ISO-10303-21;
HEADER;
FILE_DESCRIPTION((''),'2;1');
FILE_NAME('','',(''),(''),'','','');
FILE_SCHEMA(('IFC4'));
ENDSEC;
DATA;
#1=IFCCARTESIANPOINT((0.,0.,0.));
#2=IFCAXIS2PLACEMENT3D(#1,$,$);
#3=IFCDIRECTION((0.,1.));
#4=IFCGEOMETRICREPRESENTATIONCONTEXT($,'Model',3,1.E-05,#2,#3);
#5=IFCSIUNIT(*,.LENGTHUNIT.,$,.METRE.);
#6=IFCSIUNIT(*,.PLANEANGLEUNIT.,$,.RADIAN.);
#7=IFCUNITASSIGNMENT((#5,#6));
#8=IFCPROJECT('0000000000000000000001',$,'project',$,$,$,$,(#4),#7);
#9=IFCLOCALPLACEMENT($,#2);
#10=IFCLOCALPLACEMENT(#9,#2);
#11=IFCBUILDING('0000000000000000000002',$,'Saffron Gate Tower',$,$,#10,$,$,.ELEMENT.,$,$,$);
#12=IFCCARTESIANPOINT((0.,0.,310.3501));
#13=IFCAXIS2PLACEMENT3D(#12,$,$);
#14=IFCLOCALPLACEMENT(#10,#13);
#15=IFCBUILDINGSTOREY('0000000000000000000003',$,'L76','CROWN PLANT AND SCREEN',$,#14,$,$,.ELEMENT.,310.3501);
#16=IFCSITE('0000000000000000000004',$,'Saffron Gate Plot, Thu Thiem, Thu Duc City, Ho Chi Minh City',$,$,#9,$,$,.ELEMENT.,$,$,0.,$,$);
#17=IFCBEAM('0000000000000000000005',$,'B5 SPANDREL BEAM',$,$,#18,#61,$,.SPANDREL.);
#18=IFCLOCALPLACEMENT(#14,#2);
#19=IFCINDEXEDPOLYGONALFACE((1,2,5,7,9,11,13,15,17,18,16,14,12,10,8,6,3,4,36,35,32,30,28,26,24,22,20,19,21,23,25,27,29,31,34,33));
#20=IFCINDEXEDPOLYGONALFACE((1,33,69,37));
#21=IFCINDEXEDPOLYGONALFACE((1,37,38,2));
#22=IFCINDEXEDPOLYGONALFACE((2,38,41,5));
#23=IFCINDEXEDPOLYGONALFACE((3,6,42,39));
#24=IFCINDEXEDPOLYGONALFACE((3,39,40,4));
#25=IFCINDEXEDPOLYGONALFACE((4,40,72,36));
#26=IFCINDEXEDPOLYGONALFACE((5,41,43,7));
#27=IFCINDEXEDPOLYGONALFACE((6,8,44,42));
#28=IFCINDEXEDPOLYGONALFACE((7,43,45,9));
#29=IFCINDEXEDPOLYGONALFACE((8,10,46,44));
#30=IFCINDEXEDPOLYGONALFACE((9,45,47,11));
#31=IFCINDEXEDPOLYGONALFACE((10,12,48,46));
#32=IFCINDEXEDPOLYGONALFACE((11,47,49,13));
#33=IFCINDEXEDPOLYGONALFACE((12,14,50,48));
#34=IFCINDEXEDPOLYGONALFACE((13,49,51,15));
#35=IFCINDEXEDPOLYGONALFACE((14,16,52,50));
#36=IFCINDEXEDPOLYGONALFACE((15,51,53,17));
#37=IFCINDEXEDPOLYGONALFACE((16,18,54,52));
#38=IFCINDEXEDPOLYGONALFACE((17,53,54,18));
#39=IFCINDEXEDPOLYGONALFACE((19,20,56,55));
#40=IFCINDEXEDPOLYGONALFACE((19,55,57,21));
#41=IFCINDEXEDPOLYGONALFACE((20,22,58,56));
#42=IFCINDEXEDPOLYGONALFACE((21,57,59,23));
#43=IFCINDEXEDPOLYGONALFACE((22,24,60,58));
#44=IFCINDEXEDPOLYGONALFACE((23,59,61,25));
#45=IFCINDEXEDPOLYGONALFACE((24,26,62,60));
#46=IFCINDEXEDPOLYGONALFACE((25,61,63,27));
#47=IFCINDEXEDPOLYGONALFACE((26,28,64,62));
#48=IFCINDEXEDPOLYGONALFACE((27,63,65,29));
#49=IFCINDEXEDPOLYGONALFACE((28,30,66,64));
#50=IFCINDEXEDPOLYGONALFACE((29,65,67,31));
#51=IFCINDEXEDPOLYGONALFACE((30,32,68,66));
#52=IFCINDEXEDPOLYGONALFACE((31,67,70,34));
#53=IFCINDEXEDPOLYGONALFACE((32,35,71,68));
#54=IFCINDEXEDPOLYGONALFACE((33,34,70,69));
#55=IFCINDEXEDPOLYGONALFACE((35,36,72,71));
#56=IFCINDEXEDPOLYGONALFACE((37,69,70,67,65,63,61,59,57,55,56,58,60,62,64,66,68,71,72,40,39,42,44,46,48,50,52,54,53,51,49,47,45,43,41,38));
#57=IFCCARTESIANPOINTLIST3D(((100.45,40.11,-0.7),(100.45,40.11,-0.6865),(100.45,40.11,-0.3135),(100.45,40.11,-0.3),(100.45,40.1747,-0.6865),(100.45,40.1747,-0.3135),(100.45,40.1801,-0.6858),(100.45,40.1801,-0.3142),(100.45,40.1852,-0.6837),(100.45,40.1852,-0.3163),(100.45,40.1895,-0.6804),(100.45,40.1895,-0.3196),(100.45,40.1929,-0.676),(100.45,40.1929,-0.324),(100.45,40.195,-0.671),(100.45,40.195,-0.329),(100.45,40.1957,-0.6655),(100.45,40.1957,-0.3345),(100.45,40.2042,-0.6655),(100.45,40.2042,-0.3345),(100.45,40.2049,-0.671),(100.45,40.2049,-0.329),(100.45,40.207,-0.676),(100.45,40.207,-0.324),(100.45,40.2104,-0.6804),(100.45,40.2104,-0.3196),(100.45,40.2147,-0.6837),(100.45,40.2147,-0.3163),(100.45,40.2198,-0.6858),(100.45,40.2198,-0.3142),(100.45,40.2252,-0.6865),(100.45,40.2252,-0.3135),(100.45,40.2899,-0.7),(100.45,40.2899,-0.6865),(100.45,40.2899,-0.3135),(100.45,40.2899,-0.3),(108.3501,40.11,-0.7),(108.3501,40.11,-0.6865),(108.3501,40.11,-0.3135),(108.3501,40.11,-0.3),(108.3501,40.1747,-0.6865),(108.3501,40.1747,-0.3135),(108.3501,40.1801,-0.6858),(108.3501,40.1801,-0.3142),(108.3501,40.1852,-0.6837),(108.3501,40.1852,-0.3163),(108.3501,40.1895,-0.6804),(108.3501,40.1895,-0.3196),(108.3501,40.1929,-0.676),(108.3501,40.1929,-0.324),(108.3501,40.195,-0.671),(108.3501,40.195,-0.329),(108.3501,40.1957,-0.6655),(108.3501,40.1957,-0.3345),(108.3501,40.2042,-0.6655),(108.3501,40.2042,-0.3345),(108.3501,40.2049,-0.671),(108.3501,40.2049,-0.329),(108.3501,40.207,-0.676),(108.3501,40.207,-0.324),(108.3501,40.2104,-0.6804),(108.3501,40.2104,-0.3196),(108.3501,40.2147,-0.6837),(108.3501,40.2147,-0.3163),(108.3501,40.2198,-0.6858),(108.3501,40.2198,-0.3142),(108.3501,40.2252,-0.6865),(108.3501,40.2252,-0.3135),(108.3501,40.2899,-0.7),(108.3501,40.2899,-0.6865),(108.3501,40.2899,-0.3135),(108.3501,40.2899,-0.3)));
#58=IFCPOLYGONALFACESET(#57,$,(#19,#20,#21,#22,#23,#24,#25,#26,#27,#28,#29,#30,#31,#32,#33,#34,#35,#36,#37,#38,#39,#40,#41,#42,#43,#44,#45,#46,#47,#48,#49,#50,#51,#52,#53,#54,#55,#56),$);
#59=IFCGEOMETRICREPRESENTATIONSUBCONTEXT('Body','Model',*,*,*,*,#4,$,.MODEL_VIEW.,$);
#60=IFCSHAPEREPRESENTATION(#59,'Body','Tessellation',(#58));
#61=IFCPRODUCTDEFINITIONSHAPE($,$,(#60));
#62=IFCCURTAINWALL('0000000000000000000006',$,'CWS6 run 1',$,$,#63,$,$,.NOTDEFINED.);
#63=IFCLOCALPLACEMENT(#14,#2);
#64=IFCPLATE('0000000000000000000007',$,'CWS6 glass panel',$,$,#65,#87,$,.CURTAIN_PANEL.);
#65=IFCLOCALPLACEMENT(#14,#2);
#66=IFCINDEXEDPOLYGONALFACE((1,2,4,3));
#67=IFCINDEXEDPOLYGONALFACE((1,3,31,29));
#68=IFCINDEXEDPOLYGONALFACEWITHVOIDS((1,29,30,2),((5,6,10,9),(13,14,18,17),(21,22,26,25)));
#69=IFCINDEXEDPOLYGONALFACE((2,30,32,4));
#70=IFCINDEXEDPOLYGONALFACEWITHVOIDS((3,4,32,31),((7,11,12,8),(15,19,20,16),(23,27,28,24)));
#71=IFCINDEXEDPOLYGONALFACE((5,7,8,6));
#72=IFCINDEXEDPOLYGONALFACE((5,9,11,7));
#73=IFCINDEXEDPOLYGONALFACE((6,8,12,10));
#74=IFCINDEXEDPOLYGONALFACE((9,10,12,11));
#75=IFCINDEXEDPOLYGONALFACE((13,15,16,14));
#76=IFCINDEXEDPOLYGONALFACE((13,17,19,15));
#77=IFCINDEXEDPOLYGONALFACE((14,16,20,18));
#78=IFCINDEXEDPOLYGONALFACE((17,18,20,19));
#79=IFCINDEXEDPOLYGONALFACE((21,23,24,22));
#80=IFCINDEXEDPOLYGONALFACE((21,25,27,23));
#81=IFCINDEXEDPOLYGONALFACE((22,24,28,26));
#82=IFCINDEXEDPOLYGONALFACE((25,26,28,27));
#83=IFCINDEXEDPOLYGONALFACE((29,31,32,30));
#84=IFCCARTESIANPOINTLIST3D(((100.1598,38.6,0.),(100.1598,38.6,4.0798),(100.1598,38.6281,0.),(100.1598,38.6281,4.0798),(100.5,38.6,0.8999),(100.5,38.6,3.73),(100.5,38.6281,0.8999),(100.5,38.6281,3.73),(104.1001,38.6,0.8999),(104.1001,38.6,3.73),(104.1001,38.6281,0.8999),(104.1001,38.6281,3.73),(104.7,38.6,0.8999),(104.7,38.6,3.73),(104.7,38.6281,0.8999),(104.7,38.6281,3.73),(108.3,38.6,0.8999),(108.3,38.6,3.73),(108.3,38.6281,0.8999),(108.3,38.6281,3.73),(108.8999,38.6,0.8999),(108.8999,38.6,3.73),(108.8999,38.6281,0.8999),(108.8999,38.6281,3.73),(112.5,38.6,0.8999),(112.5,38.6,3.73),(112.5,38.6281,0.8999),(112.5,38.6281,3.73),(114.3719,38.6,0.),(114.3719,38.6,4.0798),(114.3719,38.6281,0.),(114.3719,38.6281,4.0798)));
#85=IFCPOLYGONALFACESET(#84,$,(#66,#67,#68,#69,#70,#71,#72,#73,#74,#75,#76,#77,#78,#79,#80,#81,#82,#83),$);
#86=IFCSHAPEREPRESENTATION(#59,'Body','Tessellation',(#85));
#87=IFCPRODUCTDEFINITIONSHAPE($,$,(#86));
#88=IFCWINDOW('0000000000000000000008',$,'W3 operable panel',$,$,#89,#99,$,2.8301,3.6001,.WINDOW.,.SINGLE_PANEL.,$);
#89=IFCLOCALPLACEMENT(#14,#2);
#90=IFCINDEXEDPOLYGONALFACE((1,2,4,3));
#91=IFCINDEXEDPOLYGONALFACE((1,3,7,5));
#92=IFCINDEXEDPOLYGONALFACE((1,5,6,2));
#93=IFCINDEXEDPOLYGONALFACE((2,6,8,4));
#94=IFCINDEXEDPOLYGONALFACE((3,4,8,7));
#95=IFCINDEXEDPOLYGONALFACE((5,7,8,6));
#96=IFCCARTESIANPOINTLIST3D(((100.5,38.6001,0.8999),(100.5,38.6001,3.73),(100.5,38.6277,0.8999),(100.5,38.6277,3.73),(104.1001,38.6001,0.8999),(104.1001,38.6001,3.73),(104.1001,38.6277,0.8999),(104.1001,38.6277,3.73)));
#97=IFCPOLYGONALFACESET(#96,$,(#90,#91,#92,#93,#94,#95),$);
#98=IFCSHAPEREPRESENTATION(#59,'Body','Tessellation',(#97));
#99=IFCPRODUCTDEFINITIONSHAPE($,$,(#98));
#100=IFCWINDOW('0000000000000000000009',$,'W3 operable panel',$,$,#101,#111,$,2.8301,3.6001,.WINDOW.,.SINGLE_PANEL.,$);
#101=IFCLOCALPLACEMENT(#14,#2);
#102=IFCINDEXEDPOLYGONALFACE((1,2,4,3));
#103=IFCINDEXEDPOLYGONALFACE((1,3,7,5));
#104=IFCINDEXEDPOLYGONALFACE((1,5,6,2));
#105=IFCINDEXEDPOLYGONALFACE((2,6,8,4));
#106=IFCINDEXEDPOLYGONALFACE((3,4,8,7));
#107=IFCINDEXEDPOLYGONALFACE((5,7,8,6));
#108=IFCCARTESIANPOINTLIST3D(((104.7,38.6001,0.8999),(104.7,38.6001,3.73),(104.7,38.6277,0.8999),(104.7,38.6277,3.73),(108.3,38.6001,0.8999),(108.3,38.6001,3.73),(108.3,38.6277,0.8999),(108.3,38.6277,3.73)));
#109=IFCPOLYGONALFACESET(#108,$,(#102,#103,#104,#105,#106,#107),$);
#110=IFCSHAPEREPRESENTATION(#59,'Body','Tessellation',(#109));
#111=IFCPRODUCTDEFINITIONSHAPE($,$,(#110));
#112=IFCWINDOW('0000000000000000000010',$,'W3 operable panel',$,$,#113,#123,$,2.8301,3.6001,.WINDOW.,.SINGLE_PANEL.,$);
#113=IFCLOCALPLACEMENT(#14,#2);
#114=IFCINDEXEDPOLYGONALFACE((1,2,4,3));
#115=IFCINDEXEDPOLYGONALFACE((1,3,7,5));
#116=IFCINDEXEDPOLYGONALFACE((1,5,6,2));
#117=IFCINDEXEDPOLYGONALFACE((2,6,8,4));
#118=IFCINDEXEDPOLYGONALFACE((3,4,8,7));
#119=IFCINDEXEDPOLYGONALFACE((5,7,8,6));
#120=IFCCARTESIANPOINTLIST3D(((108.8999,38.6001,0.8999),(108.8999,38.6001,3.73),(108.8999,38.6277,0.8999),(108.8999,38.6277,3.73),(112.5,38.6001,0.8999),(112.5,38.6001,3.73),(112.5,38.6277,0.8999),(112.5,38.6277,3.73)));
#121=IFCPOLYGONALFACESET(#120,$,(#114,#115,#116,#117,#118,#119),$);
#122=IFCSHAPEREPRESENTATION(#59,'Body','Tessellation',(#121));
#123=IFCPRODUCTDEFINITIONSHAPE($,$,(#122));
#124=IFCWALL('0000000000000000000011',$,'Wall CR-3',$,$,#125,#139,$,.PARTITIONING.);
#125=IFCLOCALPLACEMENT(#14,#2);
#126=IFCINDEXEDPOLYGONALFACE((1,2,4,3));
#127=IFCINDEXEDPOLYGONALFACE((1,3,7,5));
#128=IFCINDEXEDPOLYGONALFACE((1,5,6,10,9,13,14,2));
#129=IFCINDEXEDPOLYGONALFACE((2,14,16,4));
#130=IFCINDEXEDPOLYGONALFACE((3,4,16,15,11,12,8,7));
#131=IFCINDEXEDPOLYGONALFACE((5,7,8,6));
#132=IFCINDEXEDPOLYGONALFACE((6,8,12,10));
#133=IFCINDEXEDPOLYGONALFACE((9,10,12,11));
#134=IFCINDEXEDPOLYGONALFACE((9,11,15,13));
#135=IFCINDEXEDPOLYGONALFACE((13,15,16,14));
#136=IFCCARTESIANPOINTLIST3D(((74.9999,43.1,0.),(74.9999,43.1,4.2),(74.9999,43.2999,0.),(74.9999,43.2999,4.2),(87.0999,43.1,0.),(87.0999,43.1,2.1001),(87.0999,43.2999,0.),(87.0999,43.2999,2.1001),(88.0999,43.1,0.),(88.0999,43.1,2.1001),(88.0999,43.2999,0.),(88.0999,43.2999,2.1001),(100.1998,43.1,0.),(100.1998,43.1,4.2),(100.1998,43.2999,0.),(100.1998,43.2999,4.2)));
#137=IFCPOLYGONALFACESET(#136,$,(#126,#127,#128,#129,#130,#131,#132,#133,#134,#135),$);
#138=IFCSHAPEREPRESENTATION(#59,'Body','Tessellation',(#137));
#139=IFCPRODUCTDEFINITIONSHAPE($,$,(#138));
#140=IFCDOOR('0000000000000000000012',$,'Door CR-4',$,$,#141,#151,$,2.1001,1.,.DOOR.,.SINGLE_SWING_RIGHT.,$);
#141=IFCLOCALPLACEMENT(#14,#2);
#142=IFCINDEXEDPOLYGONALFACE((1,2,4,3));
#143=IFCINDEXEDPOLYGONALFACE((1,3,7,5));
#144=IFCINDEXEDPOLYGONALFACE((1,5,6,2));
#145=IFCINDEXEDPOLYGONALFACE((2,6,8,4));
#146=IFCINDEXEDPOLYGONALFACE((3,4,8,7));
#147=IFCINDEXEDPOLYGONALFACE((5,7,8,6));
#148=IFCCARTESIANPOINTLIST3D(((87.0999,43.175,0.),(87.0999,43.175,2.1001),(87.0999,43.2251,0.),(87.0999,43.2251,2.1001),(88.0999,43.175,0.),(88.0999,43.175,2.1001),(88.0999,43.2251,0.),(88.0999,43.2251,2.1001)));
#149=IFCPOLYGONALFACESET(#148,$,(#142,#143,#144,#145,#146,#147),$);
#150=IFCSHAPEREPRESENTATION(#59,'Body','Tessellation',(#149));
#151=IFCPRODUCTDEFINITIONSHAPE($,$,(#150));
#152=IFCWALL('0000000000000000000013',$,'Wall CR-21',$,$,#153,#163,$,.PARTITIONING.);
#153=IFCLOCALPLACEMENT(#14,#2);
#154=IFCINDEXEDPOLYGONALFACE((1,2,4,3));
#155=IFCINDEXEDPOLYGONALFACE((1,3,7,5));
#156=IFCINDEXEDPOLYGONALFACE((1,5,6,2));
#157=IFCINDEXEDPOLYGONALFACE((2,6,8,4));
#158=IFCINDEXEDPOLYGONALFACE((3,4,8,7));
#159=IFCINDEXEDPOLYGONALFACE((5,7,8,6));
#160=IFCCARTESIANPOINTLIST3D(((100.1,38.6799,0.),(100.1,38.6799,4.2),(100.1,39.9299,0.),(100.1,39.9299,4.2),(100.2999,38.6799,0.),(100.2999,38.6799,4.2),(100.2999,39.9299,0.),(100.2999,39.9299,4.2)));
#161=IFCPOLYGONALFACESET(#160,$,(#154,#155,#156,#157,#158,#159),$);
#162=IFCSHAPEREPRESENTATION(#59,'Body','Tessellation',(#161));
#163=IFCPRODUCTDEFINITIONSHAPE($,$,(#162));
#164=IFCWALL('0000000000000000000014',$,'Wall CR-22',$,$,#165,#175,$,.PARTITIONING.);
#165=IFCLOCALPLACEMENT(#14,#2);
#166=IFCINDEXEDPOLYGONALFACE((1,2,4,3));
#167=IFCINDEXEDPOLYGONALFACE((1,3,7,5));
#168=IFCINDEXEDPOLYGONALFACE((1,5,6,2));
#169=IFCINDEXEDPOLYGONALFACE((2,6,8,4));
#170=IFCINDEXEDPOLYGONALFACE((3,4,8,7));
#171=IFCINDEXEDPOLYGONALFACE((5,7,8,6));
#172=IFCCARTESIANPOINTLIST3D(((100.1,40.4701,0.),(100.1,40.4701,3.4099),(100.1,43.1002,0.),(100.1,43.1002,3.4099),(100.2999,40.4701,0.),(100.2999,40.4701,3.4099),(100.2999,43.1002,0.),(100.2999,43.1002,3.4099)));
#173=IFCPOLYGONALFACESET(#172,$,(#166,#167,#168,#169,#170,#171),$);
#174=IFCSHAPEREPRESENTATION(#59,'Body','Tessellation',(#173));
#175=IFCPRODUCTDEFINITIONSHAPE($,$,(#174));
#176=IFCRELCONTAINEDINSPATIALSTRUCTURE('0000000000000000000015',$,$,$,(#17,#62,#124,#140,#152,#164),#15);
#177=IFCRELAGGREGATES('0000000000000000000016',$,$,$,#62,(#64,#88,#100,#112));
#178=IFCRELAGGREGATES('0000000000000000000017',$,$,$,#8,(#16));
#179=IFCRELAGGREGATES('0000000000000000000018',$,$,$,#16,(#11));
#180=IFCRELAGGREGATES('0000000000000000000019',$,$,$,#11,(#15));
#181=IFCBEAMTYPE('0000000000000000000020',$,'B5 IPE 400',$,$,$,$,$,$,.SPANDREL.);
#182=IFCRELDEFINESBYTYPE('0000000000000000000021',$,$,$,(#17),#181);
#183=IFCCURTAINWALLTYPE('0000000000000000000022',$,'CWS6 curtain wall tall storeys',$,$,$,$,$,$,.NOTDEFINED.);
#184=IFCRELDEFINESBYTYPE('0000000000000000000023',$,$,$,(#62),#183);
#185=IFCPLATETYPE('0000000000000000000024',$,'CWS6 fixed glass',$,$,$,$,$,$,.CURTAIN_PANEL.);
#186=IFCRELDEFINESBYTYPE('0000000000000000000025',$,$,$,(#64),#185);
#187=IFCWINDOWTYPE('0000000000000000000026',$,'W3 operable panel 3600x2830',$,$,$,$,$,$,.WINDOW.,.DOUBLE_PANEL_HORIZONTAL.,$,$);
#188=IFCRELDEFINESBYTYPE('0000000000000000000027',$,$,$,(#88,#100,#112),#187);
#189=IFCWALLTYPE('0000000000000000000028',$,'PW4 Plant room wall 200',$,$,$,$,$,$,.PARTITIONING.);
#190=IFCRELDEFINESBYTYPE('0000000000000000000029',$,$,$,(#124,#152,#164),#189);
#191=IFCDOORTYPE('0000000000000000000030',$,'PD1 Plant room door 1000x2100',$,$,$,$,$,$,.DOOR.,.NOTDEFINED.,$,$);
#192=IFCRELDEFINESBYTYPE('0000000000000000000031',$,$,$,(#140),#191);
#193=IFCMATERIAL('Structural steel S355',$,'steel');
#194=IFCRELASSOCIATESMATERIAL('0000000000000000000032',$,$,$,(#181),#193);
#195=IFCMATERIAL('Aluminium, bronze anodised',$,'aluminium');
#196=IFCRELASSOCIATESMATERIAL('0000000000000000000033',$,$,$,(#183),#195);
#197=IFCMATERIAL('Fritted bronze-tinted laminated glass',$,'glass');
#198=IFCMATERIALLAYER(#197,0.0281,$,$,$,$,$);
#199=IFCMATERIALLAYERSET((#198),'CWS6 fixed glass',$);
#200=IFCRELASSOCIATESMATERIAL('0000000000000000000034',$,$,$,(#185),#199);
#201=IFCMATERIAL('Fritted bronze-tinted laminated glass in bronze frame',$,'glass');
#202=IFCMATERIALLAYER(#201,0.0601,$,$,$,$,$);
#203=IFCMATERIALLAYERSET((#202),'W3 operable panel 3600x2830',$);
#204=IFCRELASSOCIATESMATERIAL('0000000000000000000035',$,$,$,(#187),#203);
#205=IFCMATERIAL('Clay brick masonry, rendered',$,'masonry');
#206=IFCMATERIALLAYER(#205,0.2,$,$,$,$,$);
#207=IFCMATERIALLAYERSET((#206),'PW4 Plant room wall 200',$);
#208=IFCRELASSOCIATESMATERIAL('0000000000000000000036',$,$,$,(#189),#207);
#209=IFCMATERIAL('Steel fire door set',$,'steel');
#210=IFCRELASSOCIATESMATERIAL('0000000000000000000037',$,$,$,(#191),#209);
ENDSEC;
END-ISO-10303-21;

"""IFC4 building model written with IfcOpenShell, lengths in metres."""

from ifc_helpers import new_model, si_unit, direction, frame, frame_2d, origin, origin_2d, place, context, subcontext, project, spatial, rectangle, i_section, extrude, material, layer, layer_set, material_profile, profile_set, type_object, element, fill, aggregate, save


model = new_model("IFC4")

# Units and contexts
model_context = context("Model", 3, precision=1e-05, world=origin(), true_north=direction((0.0, 1.0)))
body_context = subcontext(model_context, "Body", "Model", "MODEL_VIEW")
ifc_project = project(units=[si_unit("LENGTHUNIT", "METRE"), si_unit("PLANEANGLEUNIT", "RADIAN")], contexts=[model_context])

# Site, building, storey
site_placement = place(None, origin())
site = spatial("IfcSite", under=ifc_project, at=site_placement, Name="Saffron Gate Plot, Thu Thiem, Thu Duc City, Ho Chi Minh City", CompositionType="ELEMENT", RefElevation=0.0)
building_placement = place(site_placement, origin())
building = spatial("IfcBuilding", under=site, at=building_placement, Name="Saffron Gate Tower", CompositionType="ELEMENT")
storey_placement = place(building_placement, frame((0.0, 0.0, 310.3501)))
storey = spatial("IfcBuildingStorey", under=building, at=storey_placement, Name="L76", Description="CROWN PLANT AND SCREEN", CompositionType="ELEMENT", Elevation=310.3501)

# Beam
ifc_material_1 = material(Name="Structural steel S355", Category="steel")
ifc_material_profile_1 = material_profile(ifc_material_1, i_section(OverallWidth=0.1799, OverallDepth=0.3999, WebThickness=0.0085, FlangeThickness=0.0134, FilletRadius=0.021, at=origin_2d()))
ifc_profile_set_1 = profile_set([ifc_material_profile_1], Name="Structural steel S355")
beam_type_1 = type_object("IfcBeamType", Name="B5 IPE 400", PredefinedType="SPANDREL", material=ifc_profile_set_1)
beam_1_placement = place(storey_placement, frame((100.45, 40.2, -0.5), z_axis=(1.0, 0.0, 0.0), x_axis=(0.0, 1.0, 0.0)))
element("IfcBeam", 1, at=beam_1_placement, inside=storey, type_object=beam_type_1, Name="B5 SPANDREL BEAM", PredefinedType="SPANDREL", context=body_context, shape_type="SweptSolid", body=[
    extrude(i_section(OverallWidth=0.1799, OverallDepth=0.3999, WebThickness=0.0085, FlangeThickness=0.0134, FilletRadius=0.021, at=origin_2d()), origin(), (0.0, 0.0, 1.0), 7.9001),
])

# Curtain wall, plate, openings, windows
ifc_material_2 = material(Name="Aluminium, bronze anodised", Category="aluminium")
curtain_wall_type = type_object("IfcCurtainWallType", Name="CWS6 curtain wall tall storeys", PredefinedType="NOTDEFINED", material=ifc_material_2)
curtain_wall_placement = place(storey_placement, origin())
curtain_wall = element("IfcCurtainWall", 2, at=curtain_wall_placement, inside=storey, type_object=curtain_wall_type, Name="CWS6 run 1", PredefinedType="NOTDEFINED")
ifc_material_3 = material(Name="Fritted bronze-tinted laminated glass", Category="glass")
ifc_layer_1 = layer(ifc_material_3, 0.0281)
ifc_layer_set_1 = layer_set([ifc_layer_1], Name="CWS6 fixed glass")
plate_type = type_object("IfcPlateType", Name="CWS6 fixed glass", PredefinedType="CURTAIN_PANEL", material=ifc_layer_set_1)
plate_placement = place(storey_placement, frame((100.1599, 38.614, 0.0), z_axis=(0.0, 0.0, 1.0), x_axis=(1.0, 0.0, 0.0)))
plate = element("IfcPlate", 3, at=plate_placement, type_object=plate_type, Name="CWS6 glass panel", PredefinedType="CURTAIN_PANEL", context=body_context, shape_type="SweptSolid", body=[
    extrude(rectangle(XDim=14.2122, YDim=0.0281, at=frame_2d((7.106, 0.0))), origin(), (0.0, 0.0, 1.0), 4.0798),
])
opening_1_placement = place(plate_placement, frame((0.3401, 0.0, 0.8999)))
opening_1 = element("IfcOpeningElement", 4, at=opening_1_placement, cuts=plate, PredefinedType="OPENING", context=body_context, shape_type="SweptSolid", body=[
    extrude(rectangle(XDim=3.6001, YDim=2.8301, at=frame_2d((1.8, 1.415))), frame((0.0, 0.0239, 0.0), z_axis=(0.0, -1.0, 0.0), x_axis=(1.0, 0.0, 0.0)), (0.0, 0.0, 1.0), 0.0481),
])
opening_2_placement = place(plate_placement, frame((4.54, 0.0, 0.8999)))
opening_2 = element("IfcOpeningElement", 5, at=opening_2_placement, cuts=plate, PredefinedType="OPENING", context=body_context, shape_type="SweptSolid", body=[
    extrude(rectangle(XDim=3.6001, YDim=2.8301, at=frame_2d((1.8, 1.415))), frame((0.0, 0.0239, 0.0), z_axis=(0.0, -1.0, 0.0), x_axis=(1.0, 0.0, 0.0)), (0.0, 0.0, 1.0), 0.0481),
])
opening_3_placement = place(plate_placement, frame((8.74, 0.0, 0.8999)))
opening_3 = element("IfcOpeningElement", 6, at=opening_3_placement, cuts=plate, PredefinedType="OPENING", context=body_context, shape_type="SweptSolid", body=[
    extrude(rectangle(XDim=3.6001, YDim=2.8301, at=frame_2d((1.8, 1.415))), frame((0.0, 0.0239, 0.0), z_axis=(0.0, -1.0, 0.0), x_axis=(1.0, 0.0, 0.0)), (0.0, 0.0, 1.0), 0.0481),
])
ifc_material_4 = material(Name="Fritted bronze-tinted laminated glass in bronze frame", Category="glass")
ifc_layer_2 = layer(ifc_material_4, 0.0601)
ifc_layer_set_2 = layer_set([ifc_layer_2], Name="W3 operable panel 3600x2830")
window_type = type_object("IfcWindowType", Name="W3 operable panel 3600x2830", PartitioningType="DOUBLE_PANEL_HORIZONTAL", PredefinedType="WINDOW", material=ifc_layer_set_2)
window_1_placement = place(opening_1_placement, origin())
window_1 = element("IfcWindow", 7, at=window_1_placement, type_object=window_type, Name="W3 operable panel", OverallHeight=2.8301, OverallWidth=3.6001, PartitioningType="SINGLE_PANEL", PredefinedType="WINDOW", context=body_context, shape_type="SweptSolid", body=[
    extrude(rectangle(XDim=3.6001, YDim=2.8301, at=frame_2d((1.8, 1.415))), frame((0.0, 0.0137, 0.0), z_axis=(0.0, -1.0, 0.0), x_axis=(1.0, 0.0, 0.0)), (0.0, 0.0, 1.0), 0.0276),
])
fill(opening_1, window_1)
window_2_placement = place(opening_2_placement, origin())
window_2 = element("IfcWindow", 8, at=window_2_placement, type_object=window_type, Name="W3 operable panel", OverallHeight=2.8301, OverallWidth=3.6001, PartitioningType="SINGLE_PANEL", PredefinedType="WINDOW", context=body_context, shape_type="SweptSolid", body=[
    extrude(rectangle(XDim=3.6001, YDim=2.8301, at=frame_2d((1.8, 1.415))), frame((0.0, 0.0137, 0.0), z_axis=(0.0, -1.0, 0.0), x_axis=(1.0, 0.0, 0.0)), (0.0, 0.0, 1.0), 0.0276),
])
fill(opening_2, window_2)
window_3_placement = place(opening_3_placement, origin())
window_3 = element("IfcWindow", 9, at=window_3_placement, type_object=window_type, Name="W3 operable panel", OverallHeight=2.8301, OverallWidth=3.6001, PartitioningType="SINGLE_PANEL", PredefinedType="WINDOW", context=body_context, shape_type="SweptSolid", body=[
    extrude(rectangle(XDim=3.6001, YDim=2.8301, at=frame_2d((1.8, 1.415))), frame((0.0, 0.0137, 0.0), z_axis=(0.0, -1.0, 0.0), x_axis=(1.0, 0.0, 0.0)), (0.0, 0.0, 1.0), 0.0276),
])
fill(opening_3, window_3)
aggregate(curtain_wall, [plate, window_1, window_2, window_3])

# Wall, opening, door
ifc_material_5 = material(Name="Clay brick masonry, rendered", Category="masonry")
ifc_layer_3 = layer(ifc_material_5, 0.2)
ifc_layer_set_3 = layer_set([ifc_layer_3], Name="PW4 Plant room wall 200")
wall_type = type_object("IfcWallType", Name="PW4 Plant room wall 200", PredefinedType="PARTITIONING", material=ifc_layer_set_3)
wall_1_placement = place(storey_placement, frame((100.2, 43.2, 0.0), z_axis=(0.0, 0.0, 1.0), x_axis=(-1.0, 0.0, 0.0)))
wall_1 = element("IfcWall", 10, at=wall_1_placement, inside=storey, type_object=wall_type, Name="Wall CR-3", PredefinedType="PARTITIONING", context=body_context, shape_type="SweptSolid", body=[
    extrude(rectangle(XDim=25.2, YDim=0.2, at=frame_2d((12.6001, 0.0))), origin(), (0.0, 0.0, 1.0), 4.2),
])
opening_4_placement = place(wall_1_placement, frame((12.1001, 0.0, 0.0)))
opening_4 = element("IfcOpeningElement", 11, at=opening_4_placement, cuts=wall_1, PredefinedType="OPENING", context=body_context, shape_type="SweptSolid", body=[
    extrude(rectangle(XDim=1.0, YDim=2.1001, at=frame_2d((0.5, 1.05))), frame((0.0, 0.1099, 0.0), z_axis=(0.0, -1.0, 0.0), x_axis=(1.0, 0.0, 0.0)), (0.0, 0.0, 1.0), 0.22),
])
ifc_material_6 = material(Name="Steel fire door set", Category="steel")
door_type = type_object("IfcDoorType", Name="PD1 Plant room door 1000x2100", OperationType="NOTDEFINED", PredefinedType="DOOR", material=ifc_material_6)
door_placement = place(opening_4_placement, origin())
door = element("IfcDoor", 12, at=door_placement, inside=storey, type_object=door_type, Name="Door CR-4", OperationType="SINGLE_SWING_RIGHT", OverallHeight=2.1001, OverallWidth=1.0, PredefinedType="DOOR", context=body_context, shape_type="SweptSolid", body=[
    extrude(rectangle(XDim=1.0, YDim=2.1001, at=frame_2d((0.5, 1.05))), frame((0.0, 0.0249, 0.0), z_axis=(0.0, -1.0, 0.0), x_axis=(1.0, 0.0, 0.0)), (0.0, 0.0, 1.0), 0.05),
])
fill(opening_4, door)

# Walls
wall_2_placement = place(storey_placement, frame((100.2, 39.9299, 0.0), z_axis=(0.0, 0.0, 1.0), x_axis=(0.0, -1.0, 0.0)))
element("IfcWall", 13, at=wall_2_placement, inside=storey, type_object=wall_type, Name="Wall CR-21", PredefinedType="PARTITIONING", context=body_context, shape_type="SweptSolid", body=[
    extrude(rectangle(XDim=1.25, YDim=0.2, at=frame_2d((0.625, 0.0))), origin(), (0.0, 0.0, 1.0), 4.2),
])
wall_3_placement = place(storey_placement, frame((100.2, 43.1001, 0.0), z_axis=(0.0, 0.0, 1.0), x_axis=(0.0, -1.0, 0.0)))
element("IfcWall", 14, at=wall_3_placement, inside=storey, type_object=wall_type, Name="Wall CR-22", PredefinedType="PARTITIONING", context=body_context, shape_type="SweptSolid", body=[
    extrude(rectangle(XDim=2.6301, YDim=0.2, at=frame_2d((1.3149, 0.0))), origin(), (0.0, 0.0, 1.0), 3.4099),
])

save(model, "model.ifc")
